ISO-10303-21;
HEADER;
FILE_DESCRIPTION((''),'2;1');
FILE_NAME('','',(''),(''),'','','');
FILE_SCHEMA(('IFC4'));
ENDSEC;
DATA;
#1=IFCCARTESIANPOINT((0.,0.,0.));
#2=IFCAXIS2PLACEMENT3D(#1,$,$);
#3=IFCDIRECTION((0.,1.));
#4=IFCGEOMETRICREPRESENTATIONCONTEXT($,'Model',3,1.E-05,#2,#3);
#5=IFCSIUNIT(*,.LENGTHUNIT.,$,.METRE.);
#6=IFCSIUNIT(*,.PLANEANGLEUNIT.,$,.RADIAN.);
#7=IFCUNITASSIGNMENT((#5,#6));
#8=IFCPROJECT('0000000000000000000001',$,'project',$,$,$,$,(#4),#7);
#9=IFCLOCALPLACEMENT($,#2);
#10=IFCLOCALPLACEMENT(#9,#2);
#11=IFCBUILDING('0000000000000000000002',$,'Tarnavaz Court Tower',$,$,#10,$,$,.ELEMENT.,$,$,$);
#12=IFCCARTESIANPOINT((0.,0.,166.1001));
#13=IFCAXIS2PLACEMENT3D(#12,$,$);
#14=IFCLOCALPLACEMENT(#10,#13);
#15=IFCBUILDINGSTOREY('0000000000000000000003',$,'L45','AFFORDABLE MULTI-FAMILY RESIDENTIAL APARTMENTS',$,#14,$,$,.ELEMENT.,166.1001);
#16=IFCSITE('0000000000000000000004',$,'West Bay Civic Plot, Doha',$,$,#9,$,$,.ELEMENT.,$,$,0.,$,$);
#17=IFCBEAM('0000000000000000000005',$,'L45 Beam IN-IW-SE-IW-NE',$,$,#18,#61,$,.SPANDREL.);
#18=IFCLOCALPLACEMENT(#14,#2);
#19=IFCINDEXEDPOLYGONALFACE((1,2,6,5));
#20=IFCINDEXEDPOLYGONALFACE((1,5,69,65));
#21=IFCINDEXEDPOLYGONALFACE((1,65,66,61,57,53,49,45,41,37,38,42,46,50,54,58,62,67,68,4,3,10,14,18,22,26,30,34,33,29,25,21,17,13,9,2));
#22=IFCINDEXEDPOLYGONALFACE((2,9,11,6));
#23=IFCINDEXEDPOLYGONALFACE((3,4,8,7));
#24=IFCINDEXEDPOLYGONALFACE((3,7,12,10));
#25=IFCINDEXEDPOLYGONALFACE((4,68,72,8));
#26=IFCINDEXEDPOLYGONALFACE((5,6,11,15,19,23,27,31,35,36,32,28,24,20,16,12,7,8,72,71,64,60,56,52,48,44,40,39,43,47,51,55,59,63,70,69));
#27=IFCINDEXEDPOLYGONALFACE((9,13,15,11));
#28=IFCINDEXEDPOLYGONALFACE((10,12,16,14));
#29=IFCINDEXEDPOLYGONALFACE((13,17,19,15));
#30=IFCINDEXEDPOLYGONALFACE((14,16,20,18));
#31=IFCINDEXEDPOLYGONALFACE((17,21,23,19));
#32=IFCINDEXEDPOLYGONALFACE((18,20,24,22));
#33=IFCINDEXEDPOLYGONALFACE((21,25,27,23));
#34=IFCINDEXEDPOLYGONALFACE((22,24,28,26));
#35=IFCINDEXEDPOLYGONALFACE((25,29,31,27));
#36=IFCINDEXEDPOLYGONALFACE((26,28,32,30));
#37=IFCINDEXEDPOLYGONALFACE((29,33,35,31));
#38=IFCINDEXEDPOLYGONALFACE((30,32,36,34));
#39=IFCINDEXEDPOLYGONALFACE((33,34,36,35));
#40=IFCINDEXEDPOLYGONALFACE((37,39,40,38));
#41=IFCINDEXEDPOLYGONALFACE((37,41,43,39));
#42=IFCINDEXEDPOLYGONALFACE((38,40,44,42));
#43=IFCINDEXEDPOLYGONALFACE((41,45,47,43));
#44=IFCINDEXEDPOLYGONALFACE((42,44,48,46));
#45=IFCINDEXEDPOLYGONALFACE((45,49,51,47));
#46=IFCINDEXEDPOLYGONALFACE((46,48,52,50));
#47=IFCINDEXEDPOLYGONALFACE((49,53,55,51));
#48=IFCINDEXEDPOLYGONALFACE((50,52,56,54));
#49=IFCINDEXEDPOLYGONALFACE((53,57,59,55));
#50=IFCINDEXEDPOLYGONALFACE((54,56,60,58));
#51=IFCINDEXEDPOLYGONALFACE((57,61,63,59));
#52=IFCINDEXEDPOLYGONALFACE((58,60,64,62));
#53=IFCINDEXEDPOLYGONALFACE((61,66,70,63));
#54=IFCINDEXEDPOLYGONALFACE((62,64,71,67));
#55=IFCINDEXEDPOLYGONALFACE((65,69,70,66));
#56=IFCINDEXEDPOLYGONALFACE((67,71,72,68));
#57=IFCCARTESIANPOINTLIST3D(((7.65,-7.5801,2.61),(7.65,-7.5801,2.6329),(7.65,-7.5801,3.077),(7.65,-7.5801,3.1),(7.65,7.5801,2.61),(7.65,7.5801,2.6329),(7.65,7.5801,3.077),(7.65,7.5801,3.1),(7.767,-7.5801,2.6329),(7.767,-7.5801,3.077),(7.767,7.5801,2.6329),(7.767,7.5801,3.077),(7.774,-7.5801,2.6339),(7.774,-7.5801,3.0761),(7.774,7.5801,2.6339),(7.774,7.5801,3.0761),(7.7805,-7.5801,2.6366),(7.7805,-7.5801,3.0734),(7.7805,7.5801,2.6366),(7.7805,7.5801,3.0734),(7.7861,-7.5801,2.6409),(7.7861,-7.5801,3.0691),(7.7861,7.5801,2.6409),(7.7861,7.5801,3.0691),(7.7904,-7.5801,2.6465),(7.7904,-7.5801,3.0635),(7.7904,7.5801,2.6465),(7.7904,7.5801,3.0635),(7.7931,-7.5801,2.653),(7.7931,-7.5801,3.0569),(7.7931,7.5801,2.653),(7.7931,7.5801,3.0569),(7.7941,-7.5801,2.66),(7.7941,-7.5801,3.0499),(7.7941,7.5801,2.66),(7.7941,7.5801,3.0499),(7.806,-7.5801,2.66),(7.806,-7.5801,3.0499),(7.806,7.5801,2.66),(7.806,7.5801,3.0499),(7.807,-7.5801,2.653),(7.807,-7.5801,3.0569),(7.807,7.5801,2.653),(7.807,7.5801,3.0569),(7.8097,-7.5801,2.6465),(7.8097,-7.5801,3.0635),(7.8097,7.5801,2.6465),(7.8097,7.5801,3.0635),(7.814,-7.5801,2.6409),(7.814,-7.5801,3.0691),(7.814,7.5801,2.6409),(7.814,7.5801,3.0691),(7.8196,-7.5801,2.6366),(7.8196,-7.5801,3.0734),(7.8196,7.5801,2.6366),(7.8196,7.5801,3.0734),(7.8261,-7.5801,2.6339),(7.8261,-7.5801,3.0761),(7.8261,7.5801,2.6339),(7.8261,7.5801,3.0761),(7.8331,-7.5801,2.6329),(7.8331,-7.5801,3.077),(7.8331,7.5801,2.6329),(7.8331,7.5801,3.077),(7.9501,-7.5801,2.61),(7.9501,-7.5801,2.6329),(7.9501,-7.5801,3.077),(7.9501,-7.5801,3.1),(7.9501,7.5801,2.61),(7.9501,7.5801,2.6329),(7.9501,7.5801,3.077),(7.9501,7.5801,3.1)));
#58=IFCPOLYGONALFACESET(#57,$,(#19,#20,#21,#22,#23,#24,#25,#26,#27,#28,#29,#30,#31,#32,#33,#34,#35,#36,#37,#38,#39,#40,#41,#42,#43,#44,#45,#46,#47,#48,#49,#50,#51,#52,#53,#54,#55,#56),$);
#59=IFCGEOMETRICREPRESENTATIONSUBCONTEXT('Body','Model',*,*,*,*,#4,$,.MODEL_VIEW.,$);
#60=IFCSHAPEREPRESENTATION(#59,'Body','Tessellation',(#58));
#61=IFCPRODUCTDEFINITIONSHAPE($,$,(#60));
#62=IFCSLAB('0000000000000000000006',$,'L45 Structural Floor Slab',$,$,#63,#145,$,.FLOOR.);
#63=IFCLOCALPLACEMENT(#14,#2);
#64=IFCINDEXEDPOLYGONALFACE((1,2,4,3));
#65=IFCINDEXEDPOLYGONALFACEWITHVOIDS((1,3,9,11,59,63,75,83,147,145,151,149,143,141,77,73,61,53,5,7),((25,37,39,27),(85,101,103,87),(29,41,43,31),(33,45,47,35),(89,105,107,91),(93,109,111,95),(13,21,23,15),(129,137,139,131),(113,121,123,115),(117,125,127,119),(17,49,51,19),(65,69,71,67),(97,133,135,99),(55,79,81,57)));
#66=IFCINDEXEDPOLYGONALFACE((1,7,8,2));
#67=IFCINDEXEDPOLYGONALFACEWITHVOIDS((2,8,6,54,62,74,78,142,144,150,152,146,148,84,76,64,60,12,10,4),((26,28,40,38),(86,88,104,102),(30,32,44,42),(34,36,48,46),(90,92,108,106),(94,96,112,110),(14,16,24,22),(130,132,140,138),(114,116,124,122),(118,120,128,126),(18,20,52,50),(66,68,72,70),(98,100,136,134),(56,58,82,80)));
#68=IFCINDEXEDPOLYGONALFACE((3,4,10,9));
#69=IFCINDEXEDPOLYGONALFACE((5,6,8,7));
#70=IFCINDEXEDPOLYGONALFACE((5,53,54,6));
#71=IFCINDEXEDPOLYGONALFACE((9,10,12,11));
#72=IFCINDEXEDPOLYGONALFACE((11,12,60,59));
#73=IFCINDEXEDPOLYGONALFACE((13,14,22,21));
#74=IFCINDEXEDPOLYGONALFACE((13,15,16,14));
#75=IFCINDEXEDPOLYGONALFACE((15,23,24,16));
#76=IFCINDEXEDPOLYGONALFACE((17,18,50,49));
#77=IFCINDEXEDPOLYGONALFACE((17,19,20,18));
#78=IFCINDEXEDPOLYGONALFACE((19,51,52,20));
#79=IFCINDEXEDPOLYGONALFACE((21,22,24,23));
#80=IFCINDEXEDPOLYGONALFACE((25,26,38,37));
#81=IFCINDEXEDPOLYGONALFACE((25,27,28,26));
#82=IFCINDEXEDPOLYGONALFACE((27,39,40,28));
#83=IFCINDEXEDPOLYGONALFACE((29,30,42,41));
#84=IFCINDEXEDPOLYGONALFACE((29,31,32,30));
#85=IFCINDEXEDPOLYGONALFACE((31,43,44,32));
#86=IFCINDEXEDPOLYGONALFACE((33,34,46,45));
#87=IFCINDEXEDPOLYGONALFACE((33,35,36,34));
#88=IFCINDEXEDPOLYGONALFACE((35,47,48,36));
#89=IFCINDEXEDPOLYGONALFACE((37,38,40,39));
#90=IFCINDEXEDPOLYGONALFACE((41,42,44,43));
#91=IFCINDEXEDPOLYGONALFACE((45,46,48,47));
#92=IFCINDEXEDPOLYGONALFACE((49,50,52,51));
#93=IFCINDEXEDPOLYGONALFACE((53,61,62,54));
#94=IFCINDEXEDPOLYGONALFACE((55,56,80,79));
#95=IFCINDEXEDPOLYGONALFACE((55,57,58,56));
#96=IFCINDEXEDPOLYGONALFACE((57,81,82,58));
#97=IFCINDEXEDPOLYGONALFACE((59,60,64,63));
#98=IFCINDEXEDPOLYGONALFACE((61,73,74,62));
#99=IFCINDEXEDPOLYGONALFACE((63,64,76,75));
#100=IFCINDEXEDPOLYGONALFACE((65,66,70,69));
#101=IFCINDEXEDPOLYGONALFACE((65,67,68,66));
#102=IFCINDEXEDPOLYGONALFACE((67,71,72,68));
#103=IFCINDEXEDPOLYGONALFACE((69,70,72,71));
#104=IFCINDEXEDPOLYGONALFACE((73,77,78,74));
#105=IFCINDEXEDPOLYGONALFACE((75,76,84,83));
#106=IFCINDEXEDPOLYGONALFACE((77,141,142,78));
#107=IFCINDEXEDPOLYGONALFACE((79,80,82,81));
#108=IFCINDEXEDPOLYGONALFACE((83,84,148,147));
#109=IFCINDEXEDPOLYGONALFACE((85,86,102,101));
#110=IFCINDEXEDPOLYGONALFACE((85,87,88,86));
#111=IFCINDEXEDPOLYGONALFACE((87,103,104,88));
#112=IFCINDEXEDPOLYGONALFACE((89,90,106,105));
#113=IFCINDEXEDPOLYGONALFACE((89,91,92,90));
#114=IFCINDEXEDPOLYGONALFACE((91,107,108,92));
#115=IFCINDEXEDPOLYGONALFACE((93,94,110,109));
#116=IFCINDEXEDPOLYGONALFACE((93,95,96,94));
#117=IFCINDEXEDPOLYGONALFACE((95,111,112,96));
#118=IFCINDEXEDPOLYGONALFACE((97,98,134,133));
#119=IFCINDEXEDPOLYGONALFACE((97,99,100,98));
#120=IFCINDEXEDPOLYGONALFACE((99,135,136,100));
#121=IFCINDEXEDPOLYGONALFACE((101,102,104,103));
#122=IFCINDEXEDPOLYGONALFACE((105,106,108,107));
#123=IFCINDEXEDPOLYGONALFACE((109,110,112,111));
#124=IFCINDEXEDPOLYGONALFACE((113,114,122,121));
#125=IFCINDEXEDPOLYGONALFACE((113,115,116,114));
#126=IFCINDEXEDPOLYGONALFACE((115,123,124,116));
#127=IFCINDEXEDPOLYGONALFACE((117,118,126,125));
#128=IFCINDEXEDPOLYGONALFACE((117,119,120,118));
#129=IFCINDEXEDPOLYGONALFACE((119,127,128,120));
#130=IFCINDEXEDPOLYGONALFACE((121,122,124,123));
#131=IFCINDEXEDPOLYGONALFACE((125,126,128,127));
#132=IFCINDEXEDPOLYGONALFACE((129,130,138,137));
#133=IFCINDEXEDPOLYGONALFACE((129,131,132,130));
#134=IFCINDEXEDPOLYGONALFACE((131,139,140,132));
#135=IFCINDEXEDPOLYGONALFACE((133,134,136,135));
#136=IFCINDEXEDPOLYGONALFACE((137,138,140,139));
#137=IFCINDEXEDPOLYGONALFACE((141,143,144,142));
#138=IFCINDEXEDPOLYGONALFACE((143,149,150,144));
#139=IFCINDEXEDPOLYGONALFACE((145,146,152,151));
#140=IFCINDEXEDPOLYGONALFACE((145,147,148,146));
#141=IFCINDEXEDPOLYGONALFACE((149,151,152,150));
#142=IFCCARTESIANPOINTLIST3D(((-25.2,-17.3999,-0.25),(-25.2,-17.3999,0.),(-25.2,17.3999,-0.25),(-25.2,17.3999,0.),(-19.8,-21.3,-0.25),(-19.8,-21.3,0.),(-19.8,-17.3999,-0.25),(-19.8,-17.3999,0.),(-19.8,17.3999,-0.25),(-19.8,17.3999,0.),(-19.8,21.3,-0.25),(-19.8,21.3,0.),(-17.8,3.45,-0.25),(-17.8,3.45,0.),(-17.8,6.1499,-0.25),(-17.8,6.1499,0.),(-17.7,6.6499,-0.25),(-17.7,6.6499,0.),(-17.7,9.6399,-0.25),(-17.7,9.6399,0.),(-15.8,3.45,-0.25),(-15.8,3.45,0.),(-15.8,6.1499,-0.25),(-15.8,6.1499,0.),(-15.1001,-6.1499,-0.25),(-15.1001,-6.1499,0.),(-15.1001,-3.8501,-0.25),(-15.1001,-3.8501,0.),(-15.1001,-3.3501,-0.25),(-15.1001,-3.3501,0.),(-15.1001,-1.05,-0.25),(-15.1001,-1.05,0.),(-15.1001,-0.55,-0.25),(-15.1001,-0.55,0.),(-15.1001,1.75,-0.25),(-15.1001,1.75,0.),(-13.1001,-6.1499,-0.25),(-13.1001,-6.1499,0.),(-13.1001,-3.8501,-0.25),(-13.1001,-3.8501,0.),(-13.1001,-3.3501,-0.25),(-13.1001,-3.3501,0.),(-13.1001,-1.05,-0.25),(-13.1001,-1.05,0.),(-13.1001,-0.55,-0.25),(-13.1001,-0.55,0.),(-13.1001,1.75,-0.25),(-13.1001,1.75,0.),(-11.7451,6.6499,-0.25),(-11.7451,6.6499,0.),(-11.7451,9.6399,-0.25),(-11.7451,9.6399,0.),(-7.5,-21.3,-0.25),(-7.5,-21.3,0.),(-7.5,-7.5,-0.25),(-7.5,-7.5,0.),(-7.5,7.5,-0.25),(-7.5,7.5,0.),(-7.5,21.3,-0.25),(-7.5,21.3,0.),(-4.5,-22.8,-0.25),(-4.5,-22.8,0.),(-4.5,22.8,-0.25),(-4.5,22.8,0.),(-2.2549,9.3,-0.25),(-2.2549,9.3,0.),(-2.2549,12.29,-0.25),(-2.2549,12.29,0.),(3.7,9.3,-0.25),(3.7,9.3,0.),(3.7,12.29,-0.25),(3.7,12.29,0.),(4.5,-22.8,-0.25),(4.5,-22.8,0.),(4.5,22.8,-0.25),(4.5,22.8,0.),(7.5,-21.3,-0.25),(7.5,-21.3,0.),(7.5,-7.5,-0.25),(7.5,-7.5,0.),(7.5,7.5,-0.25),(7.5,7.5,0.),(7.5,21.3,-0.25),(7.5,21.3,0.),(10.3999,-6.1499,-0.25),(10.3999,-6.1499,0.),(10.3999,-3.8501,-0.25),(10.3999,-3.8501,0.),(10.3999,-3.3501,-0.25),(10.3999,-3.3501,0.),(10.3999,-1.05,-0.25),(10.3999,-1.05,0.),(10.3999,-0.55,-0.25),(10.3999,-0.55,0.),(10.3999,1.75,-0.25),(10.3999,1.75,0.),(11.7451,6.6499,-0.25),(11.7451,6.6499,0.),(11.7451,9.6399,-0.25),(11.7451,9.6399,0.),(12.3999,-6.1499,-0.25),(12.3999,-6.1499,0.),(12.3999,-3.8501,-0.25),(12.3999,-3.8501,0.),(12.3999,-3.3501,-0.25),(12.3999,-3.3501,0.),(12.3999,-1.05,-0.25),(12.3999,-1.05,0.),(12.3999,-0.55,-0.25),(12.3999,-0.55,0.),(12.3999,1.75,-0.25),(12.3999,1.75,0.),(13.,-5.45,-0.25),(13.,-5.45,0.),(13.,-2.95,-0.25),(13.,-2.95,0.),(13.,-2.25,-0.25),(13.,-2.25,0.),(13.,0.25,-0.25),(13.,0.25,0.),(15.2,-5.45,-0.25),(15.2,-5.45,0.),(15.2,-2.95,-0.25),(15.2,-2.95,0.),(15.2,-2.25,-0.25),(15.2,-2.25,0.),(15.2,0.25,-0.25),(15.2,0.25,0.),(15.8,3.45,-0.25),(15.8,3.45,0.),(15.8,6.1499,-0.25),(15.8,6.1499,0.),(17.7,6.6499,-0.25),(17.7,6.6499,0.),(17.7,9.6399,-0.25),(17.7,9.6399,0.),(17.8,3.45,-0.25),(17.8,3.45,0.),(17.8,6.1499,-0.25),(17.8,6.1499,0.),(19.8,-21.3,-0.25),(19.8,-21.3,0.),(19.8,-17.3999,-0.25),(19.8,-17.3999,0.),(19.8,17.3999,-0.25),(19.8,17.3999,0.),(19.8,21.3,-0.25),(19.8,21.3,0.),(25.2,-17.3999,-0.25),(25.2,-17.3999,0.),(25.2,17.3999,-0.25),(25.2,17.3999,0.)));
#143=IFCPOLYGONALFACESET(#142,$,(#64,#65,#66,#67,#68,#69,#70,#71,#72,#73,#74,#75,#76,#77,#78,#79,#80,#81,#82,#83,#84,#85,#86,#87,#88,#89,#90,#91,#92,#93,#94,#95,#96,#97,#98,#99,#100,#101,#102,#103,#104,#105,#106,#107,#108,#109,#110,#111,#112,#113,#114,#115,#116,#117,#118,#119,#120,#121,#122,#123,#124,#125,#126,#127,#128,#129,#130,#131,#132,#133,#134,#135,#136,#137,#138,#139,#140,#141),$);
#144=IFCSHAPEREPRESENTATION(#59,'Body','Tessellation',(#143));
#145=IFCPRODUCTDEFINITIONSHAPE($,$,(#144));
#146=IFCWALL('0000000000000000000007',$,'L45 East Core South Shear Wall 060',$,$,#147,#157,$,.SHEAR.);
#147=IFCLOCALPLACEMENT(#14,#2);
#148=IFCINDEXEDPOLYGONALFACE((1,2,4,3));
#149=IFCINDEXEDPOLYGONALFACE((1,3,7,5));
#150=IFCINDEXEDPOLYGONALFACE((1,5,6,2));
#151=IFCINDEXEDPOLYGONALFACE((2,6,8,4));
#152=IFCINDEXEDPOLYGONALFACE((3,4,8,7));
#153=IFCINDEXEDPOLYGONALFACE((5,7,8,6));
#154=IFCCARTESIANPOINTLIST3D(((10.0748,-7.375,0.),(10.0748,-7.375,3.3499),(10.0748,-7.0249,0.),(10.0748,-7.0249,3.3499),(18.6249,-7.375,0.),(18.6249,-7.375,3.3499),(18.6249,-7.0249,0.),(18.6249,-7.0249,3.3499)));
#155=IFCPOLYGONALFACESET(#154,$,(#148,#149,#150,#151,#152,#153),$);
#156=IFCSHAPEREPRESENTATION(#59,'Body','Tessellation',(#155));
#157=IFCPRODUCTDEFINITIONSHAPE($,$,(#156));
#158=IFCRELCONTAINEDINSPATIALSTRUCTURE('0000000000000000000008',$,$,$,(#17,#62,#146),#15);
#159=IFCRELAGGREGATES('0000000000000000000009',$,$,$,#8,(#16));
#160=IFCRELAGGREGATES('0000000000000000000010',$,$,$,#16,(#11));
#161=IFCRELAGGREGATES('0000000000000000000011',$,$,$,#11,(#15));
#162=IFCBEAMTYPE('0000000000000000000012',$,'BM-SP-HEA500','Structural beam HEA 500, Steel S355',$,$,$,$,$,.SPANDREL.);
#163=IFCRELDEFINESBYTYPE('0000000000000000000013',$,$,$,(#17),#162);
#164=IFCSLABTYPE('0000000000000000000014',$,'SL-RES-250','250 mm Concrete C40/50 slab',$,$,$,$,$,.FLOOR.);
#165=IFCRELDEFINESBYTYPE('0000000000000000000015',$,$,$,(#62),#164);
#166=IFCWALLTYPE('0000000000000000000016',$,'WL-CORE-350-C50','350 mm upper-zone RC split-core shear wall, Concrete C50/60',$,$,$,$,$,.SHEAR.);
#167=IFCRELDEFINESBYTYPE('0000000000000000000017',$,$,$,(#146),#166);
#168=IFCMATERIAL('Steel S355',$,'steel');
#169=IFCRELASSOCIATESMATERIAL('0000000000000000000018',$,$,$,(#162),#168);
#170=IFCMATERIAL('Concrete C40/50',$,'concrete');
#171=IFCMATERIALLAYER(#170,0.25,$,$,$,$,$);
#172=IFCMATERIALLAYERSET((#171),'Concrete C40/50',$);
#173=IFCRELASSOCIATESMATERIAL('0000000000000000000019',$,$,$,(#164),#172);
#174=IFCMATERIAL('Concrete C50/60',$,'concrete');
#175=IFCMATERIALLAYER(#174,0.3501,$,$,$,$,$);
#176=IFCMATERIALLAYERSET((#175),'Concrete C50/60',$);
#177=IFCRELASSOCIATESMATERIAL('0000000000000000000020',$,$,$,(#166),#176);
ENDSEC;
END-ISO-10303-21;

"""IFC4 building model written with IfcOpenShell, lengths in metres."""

from ifc_helpers import new_model, si_unit, direction, frame, frame_2d, origin, origin_2d, place, context, subcontext, project, spatial, polyline, rectangle, i_section, outline, extrude, material, layer, layer_set, material_profile, profile_set, type_object, element, save


model = new_model("IFC4")

# Units and contexts
model_context = context("Model", 3, precision=1e-05, world=origin(), true_north=direction((0.0, 1.0)))
body_context = subcontext(model_context, "Body", "Model", "MODEL_VIEW")
ifc_project = project(units=[si_unit("LENGTHUNIT", "METRE"), si_unit("PLANEANGLEUNIT", "RADIAN")], contexts=[model_context])

# Site, building, storey
site_placement = place(None, origin())
site = spatial("IfcSite", under=ifc_project, at=site_placement, Name="West Bay Civic Plot, Doha", CompositionType="ELEMENT", RefElevation=0.0)
building_placement = place(site_placement, origin())
building = spatial("IfcBuilding", under=site, at=building_placement, Name="Tarnavaz Court Tower", CompositionType="ELEMENT")
storey_placement = place(building_placement, frame((0.0, 0.0, 166.1001)))
storey = spatial("IfcBuildingStorey", under=building, at=storey_placement, Name="L45", Description="AFFORDABLE MULTI-FAMILY RESIDENTIAL APARTMENTS", CompositionType="ELEMENT", Elevation=166.1001)

# Beam
ifc_material_1 = material(Name="Steel S355", Category="steel")
ifc_material_profile_1 = material_profile(ifc_material_1, i_section(OverallWidth=0.3, OverallDepth=0.49, WebThickness=0.012, FlangeThickness=0.0229, FilletRadius=0.0271, at=origin_2d()), Name="HEA 500")
ifc_profile_set_1 = profile_set([ifc_material_profile_1], Name="Steel S355")
beam_type_1 = type_object("IfcBeamType", Name="BM-SP-HEA500", Description="Structural beam HEA 500, Steel S355", PredefinedType="SPANDREL", material=ifc_profile_set_1)
beam_1_placement = place(storey_placement, frame((7.8, -7.5801, 2.855), z_axis=(0.0, 1.0, 0.0), x_axis=(-1.0, 0.0, 0.0)))
element("IfcBeam", 1, at=beam_1_placement, inside=storey, type_object=beam_type_1, Name="L45 Beam IN-IW-SE-IW-NE", PredefinedType="SPANDREL", context=body_context, shape_type="SweptSolid", body=[
    extrude(i_section(OverallWidth=0.3, OverallDepth=0.49, WebThickness=0.012, FlangeThickness=0.0229, FilletRadius=0.0271, at=origin_2d()), origin(), (0.0, 0.0, 1.0), 15.1602),
])

# Slab
ifc_material_2 = material(Name="Concrete C40/50", Category="concrete")
ifc_layer_1 = layer(ifc_material_2, 0.25)
ifc_layer_set_1 = layer_set([ifc_layer_1], Name="Concrete C40/50")
slab_type = type_object("IfcSlabType", Name="SL-RES-250", Description="250 mm Concrete C40/50 slab", PredefinedType="FLOOR", material=ifc_layer_set_1)
slab_placement = place(storey_placement, frame((0.0, 0.0, -0.25)))
element("IfcSlab", 2, at=slab_placement, inside=storey, type_object=slab_type, Name="L45 Structural Floor Slab", PredefinedType="FLOOR", context=body_context, shape_type="SweptSolid", body=[
    extrude(outline(polyline([(-19.8, -21.3), (-7.5, -21.3), (-4.5, -22.8), (4.5, -22.8), (7.5, -21.3), (19.8, -21.3), (19.8, -17.3999), (25.2, -17.3999), (25.2, 17.3999), (19.8, 17.3999), (19.8, 21.3), (7.5, 21.3), (4.5, 22.8), (-4.5, 22.8), (-7.5, 21.3), (-19.8, 21.3), (-19.8, 17.3999), (-25.2, 17.3999), (-25.2, -17.3999), (-19.8, -17.3999), (-19.8, -21.3)]), holes=[polyline([(-7.5, -7.5), (7.5, -7.5), (7.5, 7.5), (-7.5, 7.5), (-7.5, -7.5)]), polyline([(-11.7451, 9.6399), (-17.7, 9.6399), (-17.7, 6.6499), (-11.7451, 6.6499), (-11.7451, 9.6399)]), polyline([(11.7451, 6.6499), (17.7, 6.6499), (17.7, 9.6399), (11.7451, 9.6399), (11.7451, 6.6499)]), polyline([(-2.2549, 9.3), (3.7, 9.3), (3.7, 12.29), (-2.2549, 12.29), (-2.2549, 9.3)]), polyline([(-17.8, 3.45), (-15.8, 3.45), (-15.8, 6.1499), (-17.8, 6.1499), (-17.8, 3.45)]), polyline([(-15.1001, -6.1499), (-13.1001, -6.1499), (-13.1001, -3.8501), (-15.1001, -3.8501), (-15.1001, -6.1499)]), polyline([(-15.1001, -3.3501), (-13.1001, -3.3501), (-13.1001, -1.05), (-15.1001, -1.05), (-15.1001, -3.3501)]), polyline([(-15.1001, -0.55), (-13.1001, -0.55), (-13.1001, 1.75), (-15.1001, 1.75), (-15.1001, -0.55)]), polyline([(15.8, 3.45), (17.8, 3.45), (17.8, 6.1499), (15.8, 6.1499), (15.8, 3.45)]), polyline([(10.3999, -6.1499), (12.3999, -6.1499), (12.3999, -3.8501), (10.3999, -3.8501), (10.3999, -6.1499)]), polyline([(10.3999, -3.3501), (12.3999, -3.3501), (12.3999, -1.05), (10.3999, -1.05), (10.3999, -3.3501)]), polyline([(10.3999, -0.55), (12.3999, -0.55), (12.3999, 1.75), (10.3999, 1.75), (10.3999, -0.55)]), polyline([(13.0, -5.45), (15.2, -5.45), (15.2, -2.95), (13.0, -2.95), (13.0, -5.45)]), polyline([(13.0, -2.25), (15.2, -2.25), (15.2, 0.25), (13.0, 0.25), (13.0, -2.25)])]), origin(), (0.0, 0.0, 1.0), 0.25),
])

# Wall
ifc_material_3 = material(Name="Concrete C50/60", Category="concrete")
ifc_layer_2 = layer(ifc_material_3, 0.3501)
ifc_layer_set_2 = layer_set([ifc_layer_2], Name="Concrete C50/60")
wall_type_1 = type_object("IfcWallType", Name="WL-CORE-350-C50", Description="350 mm upper-zone RC split-core shear wall, Concrete C50/60", PredefinedType="SHEAR", material=ifc_layer_set_2)
wall_1_placement = place(storey_placement, frame((10.075, -7.2, 0.0), z_axis=(0.0, 0.0, 1.0), x_axis=(1.0, 0.0, 0.0)))
element("IfcWall", 3, at=wall_1_placement, inside=storey, type_object=wall_type_1, Name="L45 East Core South Shear Wall 060", PredefinedType="SHEAR", context=body_context, shape_type="SweptSolid", body=[
    extrude(rectangle(XDim=8.55, YDim=0.3501, at=frame_2d((4.2749, 0.0))), origin(), (0.0, 0.0, 1.0), 3.3499),
])

save(model, "model.ifc")
